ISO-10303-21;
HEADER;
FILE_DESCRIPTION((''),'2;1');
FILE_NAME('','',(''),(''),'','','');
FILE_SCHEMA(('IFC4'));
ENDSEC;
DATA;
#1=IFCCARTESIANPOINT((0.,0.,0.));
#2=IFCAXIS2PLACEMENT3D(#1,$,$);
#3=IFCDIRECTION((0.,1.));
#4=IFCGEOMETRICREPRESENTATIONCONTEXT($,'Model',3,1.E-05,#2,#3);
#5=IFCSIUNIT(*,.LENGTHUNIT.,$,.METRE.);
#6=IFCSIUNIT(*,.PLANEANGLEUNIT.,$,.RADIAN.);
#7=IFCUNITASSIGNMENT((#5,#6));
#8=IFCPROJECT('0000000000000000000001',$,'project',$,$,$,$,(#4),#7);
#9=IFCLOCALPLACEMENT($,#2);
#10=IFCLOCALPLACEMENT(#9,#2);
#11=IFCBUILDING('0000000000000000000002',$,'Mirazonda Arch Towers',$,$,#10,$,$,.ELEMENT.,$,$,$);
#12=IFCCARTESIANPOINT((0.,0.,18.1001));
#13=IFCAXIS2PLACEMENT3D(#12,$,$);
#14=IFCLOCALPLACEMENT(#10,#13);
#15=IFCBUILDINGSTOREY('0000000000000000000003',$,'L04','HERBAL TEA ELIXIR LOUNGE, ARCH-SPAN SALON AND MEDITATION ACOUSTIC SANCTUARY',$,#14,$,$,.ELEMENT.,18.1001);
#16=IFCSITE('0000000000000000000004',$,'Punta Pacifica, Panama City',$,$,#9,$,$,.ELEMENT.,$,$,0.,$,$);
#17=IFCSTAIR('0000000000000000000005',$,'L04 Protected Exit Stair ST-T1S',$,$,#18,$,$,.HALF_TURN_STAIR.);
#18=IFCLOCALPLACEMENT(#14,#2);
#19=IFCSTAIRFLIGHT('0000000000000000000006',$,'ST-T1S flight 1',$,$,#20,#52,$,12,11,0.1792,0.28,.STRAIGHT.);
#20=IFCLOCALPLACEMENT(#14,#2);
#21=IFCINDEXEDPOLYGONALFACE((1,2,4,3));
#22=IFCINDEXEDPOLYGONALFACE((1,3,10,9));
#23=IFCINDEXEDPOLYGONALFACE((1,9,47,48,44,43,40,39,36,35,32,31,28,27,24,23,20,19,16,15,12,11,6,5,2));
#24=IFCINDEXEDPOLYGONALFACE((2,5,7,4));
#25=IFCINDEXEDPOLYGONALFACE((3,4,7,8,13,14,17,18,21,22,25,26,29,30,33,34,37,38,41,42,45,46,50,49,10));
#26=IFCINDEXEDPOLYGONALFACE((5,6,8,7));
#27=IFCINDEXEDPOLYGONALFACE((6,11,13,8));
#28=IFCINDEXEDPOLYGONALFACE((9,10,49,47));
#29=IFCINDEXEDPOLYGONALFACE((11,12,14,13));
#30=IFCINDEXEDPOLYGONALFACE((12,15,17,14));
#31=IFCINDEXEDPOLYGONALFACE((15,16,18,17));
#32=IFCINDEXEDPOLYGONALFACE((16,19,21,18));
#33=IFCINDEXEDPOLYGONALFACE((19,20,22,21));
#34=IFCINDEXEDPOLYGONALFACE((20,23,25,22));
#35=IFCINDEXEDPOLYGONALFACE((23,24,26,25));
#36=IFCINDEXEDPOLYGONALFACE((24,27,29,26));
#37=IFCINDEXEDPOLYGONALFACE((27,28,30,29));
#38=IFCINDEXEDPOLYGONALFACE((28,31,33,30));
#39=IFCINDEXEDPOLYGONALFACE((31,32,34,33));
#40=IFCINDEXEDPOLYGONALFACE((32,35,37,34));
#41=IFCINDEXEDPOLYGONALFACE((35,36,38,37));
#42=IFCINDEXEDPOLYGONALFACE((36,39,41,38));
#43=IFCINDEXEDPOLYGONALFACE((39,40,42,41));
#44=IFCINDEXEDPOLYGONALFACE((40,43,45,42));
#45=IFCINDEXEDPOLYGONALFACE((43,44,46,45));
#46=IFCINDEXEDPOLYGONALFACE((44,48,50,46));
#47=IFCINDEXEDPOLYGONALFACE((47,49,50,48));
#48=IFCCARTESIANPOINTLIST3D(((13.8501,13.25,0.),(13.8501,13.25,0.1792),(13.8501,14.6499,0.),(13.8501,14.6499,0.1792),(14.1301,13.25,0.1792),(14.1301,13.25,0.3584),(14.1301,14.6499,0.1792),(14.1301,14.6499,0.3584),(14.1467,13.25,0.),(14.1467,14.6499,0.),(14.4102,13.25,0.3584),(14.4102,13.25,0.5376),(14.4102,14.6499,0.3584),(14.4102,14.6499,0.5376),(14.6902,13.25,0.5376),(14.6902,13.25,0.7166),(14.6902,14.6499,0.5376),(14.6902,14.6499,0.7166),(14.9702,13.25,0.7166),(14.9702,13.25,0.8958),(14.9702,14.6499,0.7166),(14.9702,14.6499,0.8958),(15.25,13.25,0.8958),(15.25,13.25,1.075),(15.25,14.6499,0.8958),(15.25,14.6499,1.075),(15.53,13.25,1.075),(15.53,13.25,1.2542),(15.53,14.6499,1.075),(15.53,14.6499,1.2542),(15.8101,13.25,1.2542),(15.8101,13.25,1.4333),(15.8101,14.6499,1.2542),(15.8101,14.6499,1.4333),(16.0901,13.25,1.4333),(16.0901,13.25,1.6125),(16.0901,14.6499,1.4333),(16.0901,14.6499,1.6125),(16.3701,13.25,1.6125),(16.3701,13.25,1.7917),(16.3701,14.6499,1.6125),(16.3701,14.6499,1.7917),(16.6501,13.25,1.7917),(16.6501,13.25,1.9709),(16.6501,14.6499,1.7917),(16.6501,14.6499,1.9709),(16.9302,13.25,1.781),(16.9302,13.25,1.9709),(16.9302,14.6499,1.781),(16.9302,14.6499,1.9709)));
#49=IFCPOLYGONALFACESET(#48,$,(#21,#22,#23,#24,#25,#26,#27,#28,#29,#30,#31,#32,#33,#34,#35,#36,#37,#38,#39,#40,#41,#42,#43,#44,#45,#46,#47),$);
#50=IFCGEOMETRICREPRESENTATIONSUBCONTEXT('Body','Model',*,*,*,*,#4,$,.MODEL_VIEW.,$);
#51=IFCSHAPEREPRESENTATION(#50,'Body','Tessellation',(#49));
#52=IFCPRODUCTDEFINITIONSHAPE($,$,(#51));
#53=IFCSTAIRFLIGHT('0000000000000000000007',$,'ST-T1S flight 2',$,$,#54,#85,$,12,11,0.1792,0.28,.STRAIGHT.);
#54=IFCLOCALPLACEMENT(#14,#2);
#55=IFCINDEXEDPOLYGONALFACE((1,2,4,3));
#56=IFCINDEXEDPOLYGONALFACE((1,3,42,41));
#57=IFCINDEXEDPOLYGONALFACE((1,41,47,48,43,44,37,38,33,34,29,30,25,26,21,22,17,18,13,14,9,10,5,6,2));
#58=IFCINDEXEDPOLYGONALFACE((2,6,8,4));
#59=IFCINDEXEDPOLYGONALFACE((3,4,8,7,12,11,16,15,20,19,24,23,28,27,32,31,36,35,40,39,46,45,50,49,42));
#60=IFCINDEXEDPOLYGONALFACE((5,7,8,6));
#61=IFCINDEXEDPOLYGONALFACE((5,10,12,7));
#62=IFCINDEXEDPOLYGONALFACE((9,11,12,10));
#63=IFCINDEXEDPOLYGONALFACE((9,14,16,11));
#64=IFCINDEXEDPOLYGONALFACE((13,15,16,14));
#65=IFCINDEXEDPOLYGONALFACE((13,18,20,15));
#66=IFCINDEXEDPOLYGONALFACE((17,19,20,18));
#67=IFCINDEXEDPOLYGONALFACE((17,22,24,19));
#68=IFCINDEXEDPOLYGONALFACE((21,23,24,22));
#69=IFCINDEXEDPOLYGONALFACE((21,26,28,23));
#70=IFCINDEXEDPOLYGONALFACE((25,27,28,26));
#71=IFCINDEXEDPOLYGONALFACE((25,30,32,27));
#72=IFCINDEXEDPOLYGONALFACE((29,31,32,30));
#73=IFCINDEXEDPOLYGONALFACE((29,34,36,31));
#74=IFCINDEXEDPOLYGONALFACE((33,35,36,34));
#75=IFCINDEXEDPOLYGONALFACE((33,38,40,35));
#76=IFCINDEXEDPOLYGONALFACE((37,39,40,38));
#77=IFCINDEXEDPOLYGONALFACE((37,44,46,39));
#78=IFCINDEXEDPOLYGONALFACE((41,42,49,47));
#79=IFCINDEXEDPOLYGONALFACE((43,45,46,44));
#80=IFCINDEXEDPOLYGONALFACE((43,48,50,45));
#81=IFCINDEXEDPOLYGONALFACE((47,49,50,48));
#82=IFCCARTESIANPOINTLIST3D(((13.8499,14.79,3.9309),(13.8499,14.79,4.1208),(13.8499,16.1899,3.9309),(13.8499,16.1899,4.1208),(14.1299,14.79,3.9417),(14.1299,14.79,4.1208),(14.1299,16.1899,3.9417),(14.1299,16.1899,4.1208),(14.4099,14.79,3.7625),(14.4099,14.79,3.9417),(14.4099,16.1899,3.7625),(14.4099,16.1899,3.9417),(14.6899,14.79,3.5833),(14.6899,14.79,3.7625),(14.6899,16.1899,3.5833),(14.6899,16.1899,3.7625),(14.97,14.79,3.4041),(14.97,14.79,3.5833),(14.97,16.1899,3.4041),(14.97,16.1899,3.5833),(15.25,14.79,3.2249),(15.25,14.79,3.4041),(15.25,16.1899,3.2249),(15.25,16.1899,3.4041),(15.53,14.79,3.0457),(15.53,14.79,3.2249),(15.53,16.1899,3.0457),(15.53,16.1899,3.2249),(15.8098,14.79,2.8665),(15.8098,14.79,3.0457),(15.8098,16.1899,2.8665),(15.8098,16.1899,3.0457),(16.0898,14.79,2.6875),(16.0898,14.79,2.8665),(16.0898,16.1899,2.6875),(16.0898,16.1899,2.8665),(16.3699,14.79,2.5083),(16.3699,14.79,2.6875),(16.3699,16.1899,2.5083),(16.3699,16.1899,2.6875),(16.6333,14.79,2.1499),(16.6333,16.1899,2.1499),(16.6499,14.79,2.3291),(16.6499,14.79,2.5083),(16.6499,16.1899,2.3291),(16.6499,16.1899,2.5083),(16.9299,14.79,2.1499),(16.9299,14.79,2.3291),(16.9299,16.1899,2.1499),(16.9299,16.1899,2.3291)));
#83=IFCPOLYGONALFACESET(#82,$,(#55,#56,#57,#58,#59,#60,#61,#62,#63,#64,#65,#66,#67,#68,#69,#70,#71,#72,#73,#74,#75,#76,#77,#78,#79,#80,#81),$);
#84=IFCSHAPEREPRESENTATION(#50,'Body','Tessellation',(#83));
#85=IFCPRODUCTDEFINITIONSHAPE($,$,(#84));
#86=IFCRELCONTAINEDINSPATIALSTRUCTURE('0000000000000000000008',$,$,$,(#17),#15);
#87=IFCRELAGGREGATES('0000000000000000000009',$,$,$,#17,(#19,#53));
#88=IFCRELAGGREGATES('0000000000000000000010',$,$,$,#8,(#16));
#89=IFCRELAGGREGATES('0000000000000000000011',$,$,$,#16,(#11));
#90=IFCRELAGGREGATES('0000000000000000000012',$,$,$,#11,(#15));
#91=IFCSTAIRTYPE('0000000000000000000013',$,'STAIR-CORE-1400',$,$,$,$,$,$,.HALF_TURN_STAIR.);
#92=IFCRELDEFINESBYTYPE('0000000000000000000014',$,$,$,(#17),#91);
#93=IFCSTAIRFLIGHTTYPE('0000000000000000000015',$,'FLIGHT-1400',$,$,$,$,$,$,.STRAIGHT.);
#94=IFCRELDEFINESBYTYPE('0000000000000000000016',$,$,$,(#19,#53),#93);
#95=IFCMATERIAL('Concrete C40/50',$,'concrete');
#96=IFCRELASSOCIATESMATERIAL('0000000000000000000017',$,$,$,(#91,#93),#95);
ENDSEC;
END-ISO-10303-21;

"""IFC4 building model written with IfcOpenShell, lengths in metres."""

from ifc_helpers import new_model, si_unit, direction, frame, origin, place, context, subcontext, project, spatial, polyline, outline, extrude, material, type_object, element, aggregate, save


model = new_model("IFC4")

# Units and contexts
model_context = context("Model", 3, precision=1e-05, world=origin(), true_north=direction((0.0, 1.0)))
body_context = subcontext(model_context, "Body", "Model", "MODEL_VIEW")
ifc_project = project(units=[si_unit("LENGTHUNIT", "METRE"), si_unit("PLANEANGLEUNIT", "RADIAN")], contexts=[model_context])

# Site, building, storey
site_placement = place(None, origin())
site = spatial("IfcSite", under=ifc_project, at=site_placement, Name="Punta Pacifica, Panama City", CompositionType="ELEMENT", RefElevation=0.0)
building_placement = place(site_placement, origin())
building = spatial("IfcBuilding", under=site, at=building_placement, Name="Mirazonda Arch Towers", CompositionType="ELEMENT")
storey_placement = place(building_placement, frame((0.0, 0.0, 18.1001)))
storey = spatial("IfcBuildingStorey", under=building, at=storey_placement, Name="L04", Description="HERBAL TEA ELIXIR LOUNGE, ARCH-SPAN SALON AND MEDITATION ACOUSTIC SANCTUARY", CompositionType="ELEMENT", Elevation=18.1001)

# Shared definitions
ifc_material_1 = material(Name="Concrete C40/50", Category="concrete")

# Stair, stair flights
stair_type = type_object("IfcStairType", Name="STAIR-CORE-1400", PredefinedType="HALF_TURN_STAIR", material=ifc_material_1)
stair_placement = place(storey_placement, origin())
stair = element("IfcStair", 1, at=stair_placement, inside=storey, type_object=stair_type, Name="L04 Protected Exit Stair ST-T1S", PredefinedType="HALF_TURN_STAIR")
stair_flight_type = type_object("IfcStairFlightType", Name="FLIGHT-1400", PredefinedType="STRAIGHT", material=ifc_material_1)
stair_flight_1_placement = place(storey_placement, frame((13.8501, 13.95, 0.0), z_axis=(0.0, 0.0, 1.0), x_axis=(1.0, 0.0, 0.0)))
stair_flight_1 = element("IfcStairFlight", 2, at=stair_flight_1_placement, type_object=stair_flight_type, Name="ST-T1S flight 1", NumberOfRisers=12, NumberOfTreads=11, PredefinedType="STRAIGHT", RiserHeight=0.1792, TreadLength=0.28, context=body_context, shape_type="SweptSolid", body=[
    extrude(outline(polyline([(0.0, 0.0), (0.0, 0.1792), (0.28, 0.1792), (0.28, 0.3584), (0.5601, 0.3584), (0.5601, 0.5376), (0.8401, 0.5376), (0.8401, 0.7166), (1.1201, 0.7166), (1.1201, 0.8958), (1.3999, 0.8958), (1.3999, 1.075), (1.6799, 1.075), (1.6799, 1.2542), (1.96, 1.2542), (1.96, 1.4333), (2.24, 1.4333), (2.24, 1.6125), (2.52, 1.6125), (2.52, 1.7917), (2.8, 1.7917), (2.8, 1.9709), (3.0801, 1.9709), (3.0801, 2.1499), (3.0801, 1.781), (0.2966, 0.0), (0.0, 0.0)])), frame((0.0, 0.7, 0.0), z_axis=(0.0, -1.0, 0.0), x_axis=(1.0, 0.0, 0.0)), (0.0, 0.0, 1.0), 1.3999),
])
stair_flight_2_placement = place(storey_placement, frame((16.9299, 15.49, 2.1499), z_axis=(0.0, 0.0, 1.0), x_axis=(-1.0, 0.0, 0.0)))
stair_flight_2 = element("IfcStairFlight", 3, at=stair_flight_2_placement, type_object=stair_flight_type, Name="ST-T1S flight 2", NumberOfRisers=12, NumberOfTreads=11, PredefinedType="STRAIGHT", RiserHeight=0.1792, TreadLength=0.28, context=body_context, shape_type="SweptSolid", body=[
    extrude(outline(polyline([(0.0, 0.0), (0.0, 0.1792), (0.28, 0.1792), (0.28, 0.3584), (0.5601, 0.3584), (0.5601, 0.5376), (0.8401, 0.5376), (0.8401, 0.7166), (1.1201, 0.7166), (1.1201, 0.8958), (1.3999, 0.8958), (1.3999, 1.075), (1.6799, 1.075), (1.6799, 1.2542), (1.96, 1.2542), (1.96, 1.4333), (2.24, 1.4333), (2.24, 1.6125), (2.52, 1.6125), (2.52, 1.7917), (2.8, 1.7917), (2.8, 1.9709), (3.0801, 1.9709), (3.0801, 2.1499), (3.0801, 1.781), (0.2966, 0.0), (0.0, 0.0)])), frame((0.0, 0.7, 0.0), z_axis=(0.0, -1.0, 0.0), x_axis=(1.0, 0.0, 0.0)), (0.0, 0.0, 1.0), 1.3999),
])
aggregate(stair, [stair_flight_1, stair_flight_2])

save(model, "model.ifc")
